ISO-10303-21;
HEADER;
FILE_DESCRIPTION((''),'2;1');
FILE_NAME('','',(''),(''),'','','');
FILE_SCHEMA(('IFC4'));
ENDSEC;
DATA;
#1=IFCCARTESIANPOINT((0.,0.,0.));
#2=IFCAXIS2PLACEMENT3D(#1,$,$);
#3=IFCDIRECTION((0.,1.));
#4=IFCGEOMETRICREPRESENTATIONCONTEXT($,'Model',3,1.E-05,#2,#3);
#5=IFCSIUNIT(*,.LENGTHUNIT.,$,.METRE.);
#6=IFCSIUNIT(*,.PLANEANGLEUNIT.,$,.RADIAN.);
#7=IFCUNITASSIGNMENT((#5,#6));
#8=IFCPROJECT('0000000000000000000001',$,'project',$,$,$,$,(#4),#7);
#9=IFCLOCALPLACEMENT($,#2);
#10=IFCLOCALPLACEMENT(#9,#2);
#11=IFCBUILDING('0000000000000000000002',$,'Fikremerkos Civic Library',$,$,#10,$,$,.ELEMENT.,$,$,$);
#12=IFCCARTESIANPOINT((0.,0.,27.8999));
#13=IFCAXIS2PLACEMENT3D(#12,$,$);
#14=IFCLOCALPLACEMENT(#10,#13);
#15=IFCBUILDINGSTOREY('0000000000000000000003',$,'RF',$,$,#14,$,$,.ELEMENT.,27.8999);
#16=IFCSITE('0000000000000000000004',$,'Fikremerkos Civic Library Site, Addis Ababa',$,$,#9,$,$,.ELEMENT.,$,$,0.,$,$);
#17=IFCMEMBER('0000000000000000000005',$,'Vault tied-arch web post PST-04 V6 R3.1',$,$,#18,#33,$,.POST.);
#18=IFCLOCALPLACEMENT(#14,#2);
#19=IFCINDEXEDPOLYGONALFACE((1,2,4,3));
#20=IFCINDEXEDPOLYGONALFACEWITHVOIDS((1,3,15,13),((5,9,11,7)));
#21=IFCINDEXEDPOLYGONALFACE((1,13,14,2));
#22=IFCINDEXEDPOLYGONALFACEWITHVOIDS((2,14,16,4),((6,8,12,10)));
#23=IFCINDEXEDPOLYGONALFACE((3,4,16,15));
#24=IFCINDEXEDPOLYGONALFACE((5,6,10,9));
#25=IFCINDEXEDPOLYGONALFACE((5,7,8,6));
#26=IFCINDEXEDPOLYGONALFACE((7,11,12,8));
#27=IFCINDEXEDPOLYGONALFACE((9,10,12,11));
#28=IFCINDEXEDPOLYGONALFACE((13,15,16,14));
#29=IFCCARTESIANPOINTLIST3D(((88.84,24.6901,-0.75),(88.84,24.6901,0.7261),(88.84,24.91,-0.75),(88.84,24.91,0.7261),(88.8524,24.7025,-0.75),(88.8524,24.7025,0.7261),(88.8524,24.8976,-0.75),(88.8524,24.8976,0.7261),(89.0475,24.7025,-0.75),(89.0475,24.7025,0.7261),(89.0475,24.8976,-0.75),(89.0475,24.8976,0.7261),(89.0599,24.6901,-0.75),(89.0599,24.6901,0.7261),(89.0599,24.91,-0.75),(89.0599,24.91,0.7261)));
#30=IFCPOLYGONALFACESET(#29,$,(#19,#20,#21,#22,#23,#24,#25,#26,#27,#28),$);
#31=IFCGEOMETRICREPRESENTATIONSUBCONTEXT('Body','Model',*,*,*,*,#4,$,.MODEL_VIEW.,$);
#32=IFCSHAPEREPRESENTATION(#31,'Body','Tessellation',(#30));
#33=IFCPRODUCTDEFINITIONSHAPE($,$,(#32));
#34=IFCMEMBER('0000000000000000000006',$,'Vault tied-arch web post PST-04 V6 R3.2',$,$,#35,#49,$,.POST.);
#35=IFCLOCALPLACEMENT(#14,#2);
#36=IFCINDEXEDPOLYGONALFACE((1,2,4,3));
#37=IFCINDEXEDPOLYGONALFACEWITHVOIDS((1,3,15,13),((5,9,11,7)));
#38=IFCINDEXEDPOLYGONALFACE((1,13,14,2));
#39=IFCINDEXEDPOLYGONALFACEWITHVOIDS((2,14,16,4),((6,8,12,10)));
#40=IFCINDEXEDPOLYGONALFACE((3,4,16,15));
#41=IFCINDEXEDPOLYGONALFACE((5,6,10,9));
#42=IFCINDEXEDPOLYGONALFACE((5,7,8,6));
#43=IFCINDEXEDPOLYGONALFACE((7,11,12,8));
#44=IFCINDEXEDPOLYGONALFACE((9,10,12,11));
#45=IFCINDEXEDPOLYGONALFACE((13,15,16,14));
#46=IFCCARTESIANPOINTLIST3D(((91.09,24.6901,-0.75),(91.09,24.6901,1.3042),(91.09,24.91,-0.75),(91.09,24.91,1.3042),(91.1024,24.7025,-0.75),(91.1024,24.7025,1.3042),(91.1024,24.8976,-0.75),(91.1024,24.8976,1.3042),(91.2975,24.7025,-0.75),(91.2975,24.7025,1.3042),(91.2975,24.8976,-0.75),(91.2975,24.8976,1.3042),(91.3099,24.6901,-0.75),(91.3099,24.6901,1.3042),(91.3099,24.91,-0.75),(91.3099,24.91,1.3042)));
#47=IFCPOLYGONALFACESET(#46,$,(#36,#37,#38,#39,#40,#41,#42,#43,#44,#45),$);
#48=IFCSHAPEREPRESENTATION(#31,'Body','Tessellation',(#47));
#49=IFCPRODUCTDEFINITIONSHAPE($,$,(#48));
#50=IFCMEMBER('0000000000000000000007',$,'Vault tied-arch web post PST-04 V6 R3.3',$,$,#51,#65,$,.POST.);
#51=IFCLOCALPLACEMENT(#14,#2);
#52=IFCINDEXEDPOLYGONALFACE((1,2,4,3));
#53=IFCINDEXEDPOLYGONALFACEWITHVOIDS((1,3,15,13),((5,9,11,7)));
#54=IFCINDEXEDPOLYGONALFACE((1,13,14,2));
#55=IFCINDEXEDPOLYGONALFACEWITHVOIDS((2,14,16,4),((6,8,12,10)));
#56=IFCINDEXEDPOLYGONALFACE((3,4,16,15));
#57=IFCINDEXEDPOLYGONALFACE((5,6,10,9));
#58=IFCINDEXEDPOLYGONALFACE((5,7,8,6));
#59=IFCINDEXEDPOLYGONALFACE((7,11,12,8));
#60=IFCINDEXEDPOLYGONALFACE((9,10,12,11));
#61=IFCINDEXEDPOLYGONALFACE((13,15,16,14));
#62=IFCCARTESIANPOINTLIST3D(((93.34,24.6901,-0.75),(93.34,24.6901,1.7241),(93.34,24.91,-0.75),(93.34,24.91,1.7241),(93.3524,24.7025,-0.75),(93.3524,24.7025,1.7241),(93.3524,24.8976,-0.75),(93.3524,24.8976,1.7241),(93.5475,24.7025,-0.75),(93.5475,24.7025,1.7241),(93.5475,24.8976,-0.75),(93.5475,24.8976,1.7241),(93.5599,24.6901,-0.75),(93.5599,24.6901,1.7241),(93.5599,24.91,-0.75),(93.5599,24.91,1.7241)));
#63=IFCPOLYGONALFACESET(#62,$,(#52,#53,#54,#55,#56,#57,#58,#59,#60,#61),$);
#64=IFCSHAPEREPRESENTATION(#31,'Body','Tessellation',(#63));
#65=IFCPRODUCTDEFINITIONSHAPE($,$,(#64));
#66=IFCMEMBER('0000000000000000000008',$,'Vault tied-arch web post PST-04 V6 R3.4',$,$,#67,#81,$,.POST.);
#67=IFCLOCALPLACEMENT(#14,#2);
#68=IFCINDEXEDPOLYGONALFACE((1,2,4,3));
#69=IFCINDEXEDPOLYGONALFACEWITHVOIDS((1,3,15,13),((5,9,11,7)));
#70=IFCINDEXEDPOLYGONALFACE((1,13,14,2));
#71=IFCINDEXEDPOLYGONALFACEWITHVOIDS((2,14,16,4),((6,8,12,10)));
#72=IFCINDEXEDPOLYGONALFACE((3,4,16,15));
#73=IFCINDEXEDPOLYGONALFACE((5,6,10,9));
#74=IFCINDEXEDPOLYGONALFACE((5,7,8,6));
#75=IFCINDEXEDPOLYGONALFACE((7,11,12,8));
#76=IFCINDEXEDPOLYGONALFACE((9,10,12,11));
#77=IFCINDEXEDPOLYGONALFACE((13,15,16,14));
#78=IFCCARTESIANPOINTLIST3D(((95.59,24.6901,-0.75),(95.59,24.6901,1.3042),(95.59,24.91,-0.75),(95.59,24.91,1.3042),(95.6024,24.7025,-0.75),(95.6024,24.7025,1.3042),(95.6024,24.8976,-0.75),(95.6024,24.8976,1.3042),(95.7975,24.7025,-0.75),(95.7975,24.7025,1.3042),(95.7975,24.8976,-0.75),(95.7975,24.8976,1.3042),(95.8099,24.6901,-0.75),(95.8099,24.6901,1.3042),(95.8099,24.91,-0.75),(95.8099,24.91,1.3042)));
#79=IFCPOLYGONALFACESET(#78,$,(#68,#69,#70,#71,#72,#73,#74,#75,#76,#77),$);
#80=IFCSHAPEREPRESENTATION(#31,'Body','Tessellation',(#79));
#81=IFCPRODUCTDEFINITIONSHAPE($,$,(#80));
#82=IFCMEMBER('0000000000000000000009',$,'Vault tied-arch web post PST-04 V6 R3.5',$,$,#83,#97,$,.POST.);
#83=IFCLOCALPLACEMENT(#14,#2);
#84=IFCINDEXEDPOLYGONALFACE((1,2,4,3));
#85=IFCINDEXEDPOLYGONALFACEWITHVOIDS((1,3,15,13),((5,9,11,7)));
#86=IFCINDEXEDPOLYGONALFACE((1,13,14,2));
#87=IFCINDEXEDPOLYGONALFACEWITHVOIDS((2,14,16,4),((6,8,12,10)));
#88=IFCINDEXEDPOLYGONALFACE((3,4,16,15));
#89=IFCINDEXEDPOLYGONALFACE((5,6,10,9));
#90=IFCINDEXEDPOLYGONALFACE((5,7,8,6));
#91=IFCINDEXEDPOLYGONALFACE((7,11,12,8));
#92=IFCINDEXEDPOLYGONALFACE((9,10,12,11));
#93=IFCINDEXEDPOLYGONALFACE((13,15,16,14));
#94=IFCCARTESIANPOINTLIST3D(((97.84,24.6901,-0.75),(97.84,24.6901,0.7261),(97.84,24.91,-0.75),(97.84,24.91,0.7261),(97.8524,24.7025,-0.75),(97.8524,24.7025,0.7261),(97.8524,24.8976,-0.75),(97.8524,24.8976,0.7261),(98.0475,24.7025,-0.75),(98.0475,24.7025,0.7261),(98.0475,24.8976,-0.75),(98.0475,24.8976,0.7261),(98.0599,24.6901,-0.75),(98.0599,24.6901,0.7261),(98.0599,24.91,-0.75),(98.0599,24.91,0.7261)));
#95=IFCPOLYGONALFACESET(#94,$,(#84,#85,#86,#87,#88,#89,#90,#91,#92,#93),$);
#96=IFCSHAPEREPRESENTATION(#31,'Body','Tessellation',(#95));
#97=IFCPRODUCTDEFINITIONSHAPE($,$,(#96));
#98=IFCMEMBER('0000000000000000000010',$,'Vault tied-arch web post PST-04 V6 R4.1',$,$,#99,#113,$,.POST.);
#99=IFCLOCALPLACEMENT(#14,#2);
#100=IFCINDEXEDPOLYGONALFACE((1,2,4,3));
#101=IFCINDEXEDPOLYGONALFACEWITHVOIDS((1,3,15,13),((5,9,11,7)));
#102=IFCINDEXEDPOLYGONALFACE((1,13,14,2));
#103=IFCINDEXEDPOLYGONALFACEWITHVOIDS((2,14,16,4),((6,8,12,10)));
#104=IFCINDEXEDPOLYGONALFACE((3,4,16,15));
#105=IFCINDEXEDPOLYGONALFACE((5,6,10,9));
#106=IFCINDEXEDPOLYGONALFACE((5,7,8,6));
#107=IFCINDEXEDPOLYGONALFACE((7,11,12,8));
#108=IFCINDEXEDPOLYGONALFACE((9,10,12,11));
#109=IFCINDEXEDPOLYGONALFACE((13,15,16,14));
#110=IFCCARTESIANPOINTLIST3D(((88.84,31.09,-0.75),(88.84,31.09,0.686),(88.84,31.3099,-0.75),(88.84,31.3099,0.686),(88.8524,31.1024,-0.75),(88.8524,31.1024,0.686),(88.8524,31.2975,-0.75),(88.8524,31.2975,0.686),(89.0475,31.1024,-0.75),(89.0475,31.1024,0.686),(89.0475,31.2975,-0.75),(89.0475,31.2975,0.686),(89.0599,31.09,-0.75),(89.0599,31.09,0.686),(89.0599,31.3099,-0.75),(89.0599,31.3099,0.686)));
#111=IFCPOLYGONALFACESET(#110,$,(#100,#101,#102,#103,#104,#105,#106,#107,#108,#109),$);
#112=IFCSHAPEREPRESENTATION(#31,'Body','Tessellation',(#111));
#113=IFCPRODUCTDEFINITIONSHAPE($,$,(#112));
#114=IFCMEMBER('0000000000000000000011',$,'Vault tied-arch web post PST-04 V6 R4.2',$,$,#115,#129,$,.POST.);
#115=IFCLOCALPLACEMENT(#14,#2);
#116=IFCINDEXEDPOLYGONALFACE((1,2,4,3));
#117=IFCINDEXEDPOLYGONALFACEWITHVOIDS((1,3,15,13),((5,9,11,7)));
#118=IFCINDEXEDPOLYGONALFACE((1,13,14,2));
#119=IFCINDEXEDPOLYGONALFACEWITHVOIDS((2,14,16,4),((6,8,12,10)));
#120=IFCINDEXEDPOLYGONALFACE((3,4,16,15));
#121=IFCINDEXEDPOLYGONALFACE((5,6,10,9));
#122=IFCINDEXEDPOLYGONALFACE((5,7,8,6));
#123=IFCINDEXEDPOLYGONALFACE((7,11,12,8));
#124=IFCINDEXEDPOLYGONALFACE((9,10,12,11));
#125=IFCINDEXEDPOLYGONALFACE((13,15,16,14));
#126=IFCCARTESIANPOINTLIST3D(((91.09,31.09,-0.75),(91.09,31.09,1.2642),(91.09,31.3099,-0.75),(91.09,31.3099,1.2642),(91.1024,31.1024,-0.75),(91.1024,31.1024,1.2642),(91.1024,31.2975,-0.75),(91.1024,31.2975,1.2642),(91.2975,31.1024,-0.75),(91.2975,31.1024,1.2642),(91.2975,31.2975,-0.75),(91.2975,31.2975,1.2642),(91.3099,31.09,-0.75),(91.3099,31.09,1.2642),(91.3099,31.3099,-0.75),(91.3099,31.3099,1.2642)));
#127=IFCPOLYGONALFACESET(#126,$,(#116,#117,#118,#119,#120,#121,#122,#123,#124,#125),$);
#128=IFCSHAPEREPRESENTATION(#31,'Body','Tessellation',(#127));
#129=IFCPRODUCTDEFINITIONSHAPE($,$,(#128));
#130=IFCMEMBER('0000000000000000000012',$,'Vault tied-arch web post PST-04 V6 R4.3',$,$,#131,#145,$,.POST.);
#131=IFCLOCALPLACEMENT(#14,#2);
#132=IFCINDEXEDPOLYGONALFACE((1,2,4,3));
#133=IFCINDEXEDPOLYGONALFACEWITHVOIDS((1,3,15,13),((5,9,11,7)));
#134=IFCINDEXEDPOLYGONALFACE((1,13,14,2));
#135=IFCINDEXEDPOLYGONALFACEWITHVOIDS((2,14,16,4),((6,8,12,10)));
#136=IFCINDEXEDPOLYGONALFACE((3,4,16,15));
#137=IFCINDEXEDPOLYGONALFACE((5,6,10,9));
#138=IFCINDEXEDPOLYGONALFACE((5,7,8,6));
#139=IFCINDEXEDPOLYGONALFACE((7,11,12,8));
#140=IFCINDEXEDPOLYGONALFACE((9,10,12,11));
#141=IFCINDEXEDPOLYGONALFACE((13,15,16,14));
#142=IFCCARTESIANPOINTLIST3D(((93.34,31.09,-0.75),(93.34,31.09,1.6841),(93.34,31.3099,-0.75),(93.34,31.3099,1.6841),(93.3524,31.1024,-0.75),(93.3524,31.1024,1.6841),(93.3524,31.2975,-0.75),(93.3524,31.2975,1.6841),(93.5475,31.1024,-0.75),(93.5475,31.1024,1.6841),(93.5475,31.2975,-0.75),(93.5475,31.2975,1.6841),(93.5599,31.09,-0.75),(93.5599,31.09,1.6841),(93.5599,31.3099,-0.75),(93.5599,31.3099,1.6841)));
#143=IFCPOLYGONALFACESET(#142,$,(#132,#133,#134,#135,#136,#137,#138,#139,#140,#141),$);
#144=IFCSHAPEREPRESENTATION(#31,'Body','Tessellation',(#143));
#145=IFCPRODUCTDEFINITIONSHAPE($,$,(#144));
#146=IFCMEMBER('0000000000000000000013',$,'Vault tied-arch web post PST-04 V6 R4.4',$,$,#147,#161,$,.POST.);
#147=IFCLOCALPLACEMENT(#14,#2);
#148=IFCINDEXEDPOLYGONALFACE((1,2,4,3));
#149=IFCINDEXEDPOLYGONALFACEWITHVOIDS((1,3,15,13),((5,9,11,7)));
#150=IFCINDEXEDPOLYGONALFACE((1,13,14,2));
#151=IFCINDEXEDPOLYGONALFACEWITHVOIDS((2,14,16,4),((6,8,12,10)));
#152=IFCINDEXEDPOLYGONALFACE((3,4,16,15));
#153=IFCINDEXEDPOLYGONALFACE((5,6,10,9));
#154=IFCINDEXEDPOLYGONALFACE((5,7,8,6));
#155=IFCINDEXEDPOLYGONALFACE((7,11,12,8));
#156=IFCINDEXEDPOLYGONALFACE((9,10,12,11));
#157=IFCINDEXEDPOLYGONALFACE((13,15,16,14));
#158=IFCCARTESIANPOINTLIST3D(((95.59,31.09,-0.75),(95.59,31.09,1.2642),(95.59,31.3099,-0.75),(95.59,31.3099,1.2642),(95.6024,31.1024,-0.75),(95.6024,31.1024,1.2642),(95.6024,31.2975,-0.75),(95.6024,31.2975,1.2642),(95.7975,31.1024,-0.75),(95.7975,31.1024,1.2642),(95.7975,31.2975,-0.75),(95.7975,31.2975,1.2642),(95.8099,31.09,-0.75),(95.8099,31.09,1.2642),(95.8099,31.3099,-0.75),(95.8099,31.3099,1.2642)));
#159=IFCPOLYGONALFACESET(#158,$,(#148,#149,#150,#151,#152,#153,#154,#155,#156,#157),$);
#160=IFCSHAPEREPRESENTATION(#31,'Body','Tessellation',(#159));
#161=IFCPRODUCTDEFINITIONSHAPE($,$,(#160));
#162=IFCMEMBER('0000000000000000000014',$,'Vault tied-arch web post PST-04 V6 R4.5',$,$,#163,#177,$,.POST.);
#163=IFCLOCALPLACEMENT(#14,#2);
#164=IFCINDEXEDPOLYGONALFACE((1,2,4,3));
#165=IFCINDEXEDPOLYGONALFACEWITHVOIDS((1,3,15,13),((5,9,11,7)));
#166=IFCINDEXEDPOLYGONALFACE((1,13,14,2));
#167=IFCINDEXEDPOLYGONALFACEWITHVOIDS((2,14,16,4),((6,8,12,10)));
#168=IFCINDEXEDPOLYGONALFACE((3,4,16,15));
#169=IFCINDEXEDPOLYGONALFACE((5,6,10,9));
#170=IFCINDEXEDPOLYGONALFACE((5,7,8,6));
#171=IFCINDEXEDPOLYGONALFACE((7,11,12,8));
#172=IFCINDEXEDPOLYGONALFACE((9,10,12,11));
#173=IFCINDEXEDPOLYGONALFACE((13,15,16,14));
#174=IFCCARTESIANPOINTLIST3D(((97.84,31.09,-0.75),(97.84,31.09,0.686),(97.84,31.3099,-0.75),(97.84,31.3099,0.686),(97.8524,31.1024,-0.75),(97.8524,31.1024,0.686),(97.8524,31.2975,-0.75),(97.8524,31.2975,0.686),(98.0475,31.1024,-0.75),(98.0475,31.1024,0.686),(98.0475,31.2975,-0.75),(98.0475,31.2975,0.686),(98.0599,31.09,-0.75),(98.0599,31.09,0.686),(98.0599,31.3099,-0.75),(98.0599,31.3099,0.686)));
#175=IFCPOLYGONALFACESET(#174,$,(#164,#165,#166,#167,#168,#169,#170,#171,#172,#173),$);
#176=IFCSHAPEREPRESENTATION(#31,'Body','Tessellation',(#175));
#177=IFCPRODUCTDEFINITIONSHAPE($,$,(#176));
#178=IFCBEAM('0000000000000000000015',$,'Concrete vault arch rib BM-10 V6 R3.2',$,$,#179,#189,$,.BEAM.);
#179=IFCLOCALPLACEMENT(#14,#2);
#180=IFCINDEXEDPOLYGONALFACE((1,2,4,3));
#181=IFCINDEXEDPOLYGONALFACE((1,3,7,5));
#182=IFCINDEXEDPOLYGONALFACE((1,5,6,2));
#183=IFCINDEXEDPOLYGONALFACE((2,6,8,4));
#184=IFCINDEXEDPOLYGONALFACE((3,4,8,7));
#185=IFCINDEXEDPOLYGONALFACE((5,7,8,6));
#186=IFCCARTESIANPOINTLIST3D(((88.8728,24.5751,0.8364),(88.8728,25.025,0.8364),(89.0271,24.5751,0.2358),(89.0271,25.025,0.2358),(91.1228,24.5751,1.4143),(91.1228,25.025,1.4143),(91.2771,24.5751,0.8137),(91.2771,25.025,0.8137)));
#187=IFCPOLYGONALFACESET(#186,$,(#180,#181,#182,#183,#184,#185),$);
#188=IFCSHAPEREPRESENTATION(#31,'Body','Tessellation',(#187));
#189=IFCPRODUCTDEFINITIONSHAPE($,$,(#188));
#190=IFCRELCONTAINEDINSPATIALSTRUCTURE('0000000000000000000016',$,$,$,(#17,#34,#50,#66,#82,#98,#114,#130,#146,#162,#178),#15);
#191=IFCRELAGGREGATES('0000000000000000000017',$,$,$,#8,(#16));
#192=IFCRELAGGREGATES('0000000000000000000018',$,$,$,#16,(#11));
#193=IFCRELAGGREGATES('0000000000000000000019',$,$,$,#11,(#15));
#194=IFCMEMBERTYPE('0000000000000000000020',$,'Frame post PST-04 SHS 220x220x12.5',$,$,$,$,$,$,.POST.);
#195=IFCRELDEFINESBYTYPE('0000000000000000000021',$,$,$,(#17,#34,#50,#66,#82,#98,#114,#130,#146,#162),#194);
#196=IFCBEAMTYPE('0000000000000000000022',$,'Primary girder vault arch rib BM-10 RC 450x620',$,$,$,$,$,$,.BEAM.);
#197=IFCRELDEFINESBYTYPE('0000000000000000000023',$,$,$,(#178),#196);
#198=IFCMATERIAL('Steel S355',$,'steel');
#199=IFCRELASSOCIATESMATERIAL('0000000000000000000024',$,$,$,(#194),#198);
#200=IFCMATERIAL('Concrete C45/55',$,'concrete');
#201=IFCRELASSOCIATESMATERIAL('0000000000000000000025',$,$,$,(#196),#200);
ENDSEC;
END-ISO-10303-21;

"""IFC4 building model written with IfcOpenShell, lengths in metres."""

from ifc_helpers import new_model, si_unit, direction, frame, origin, origin_2d, place, context, subcontext, project, spatial, rectangle, hollow_rectangle, extrude, material, material_profile, profile_set, type_object, element, save


model = new_model("IFC4")

# Units and contexts
model_context = context("Model", 3, precision=1e-05, world=origin(), true_north=direction((0.0, 1.0)))
body_context = subcontext(model_context, "Body", "Model", "MODEL_VIEW")
ifc_project = project(units=[si_unit("LENGTHUNIT", "METRE"), si_unit("PLANEANGLEUNIT", "RADIAN")], contexts=[model_context])

# Site, building, storey
site_placement = place(None, origin())
site = spatial("IfcSite", under=ifc_project, at=site_placement, Name="Fikremerkos Civic Library Site, Addis Ababa", CompositionType="ELEMENT", RefElevation=0.0)
building_placement = place(site_placement, origin())
building = spatial("IfcBuilding", under=site, at=building_placement, Name="Fikremerkos Civic Library", CompositionType="ELEMENT")
storey_placement = place(building_placement, frame((0.0, 0.0, 27.8999)))
storey = spatial("IfcBuildingStorey", under=building, at=storey_placement, Name="RF", CompositionType="ELEMENT", Elevation=27.8999)

# Members
ifc_material_1 = material(Name="Steel S355", Category="steel")
ifc_material_profile_1 = material_profile(ifc_material_1, hollow_rectangle(XDim=0.22, YDim=0.22, WallThickness=0.0125, at=origin_2d()), Name="SHS 220x220x12.5")
ifc_profile_set_1 = profile_set([ifc_material_profile_1], Name="Steel S355")
member_type = type_object("IfcMemberType", Name="Frame post PST-04 SHS 220x220x12.5", PredefinedType="POST", material=ifc_profile_set_1)
member_1_placement = place(storey_placement, frame((88.95, 24.8, -0.75), z_axis=(0.0, 0.0, 1.0), x_axis=(1.0, 0.0, 0.0)))
element("IfcMember", 1, at=member_1_placement, inside=storey, type_object=member_type, Name="Vault tied-arch web post PST-04 V6 R3.1", PredefinedType="POST", context=body_context, shape_type="SweptSolid", body=[
    extrude(hollow_rectangle(XDim=0.22, YDim=0.22, WallThickness=0.0125, at=origin_2d()), origin(), (0.0, 0.0, 1.0), 1.4761),
])
member_2_placement = place(storey_placement, frame((91.2, 24.8, -0.75), z_axis=(0.0, 0.0, 1.0), x_axis=(1.0, 0.0, 0.0)))
element("IfcMember", 2, at=member_2_placement, inside=storey, type_object=member_type, Name="Vault tied-arch web post PST-04 V6 R3.2", PredefinedType="POST", context=body_context, shape_type="SweptSolid", body=[
    extrude(hollow_rectangle(XDim=0.22, YDim=0.22, WallThickness=0.0125, at=origin_2d()), origin(), (0.0, 0.0, 1.0), 2.0542),
])
member_3_placement = place(storey_placement, frame((93.45, 24.8, -0.75), z_axis=(0.0, 0.0, 1.0), x_axis=(1.0, 0.0, 0.0)))
element("IfcMember", 3, at=member_3_placement, inside=storey, type_object=member_type, Name="Vault tied-arch web post PST-04 V6 R3.3", PredefinedType="POST", context=body_context, shape_type="SweptSolid", body=[
    extrude(hollow_rectangle(XDim=0.22, YDim=0.22, WallThickness=0.0125, at=origin_2d()), origin(), (0.0, 0.0, 1.0), 2.4741),
])
member_4_placement = place(storey_placement, frame((95.7, 24.8, -0.75), z_axis=(0.0, 0.0, 1.0), x_axis=(1.0, 0.0, 0.0)))
element("IfcMember", 4, at=member_4_placement, inside=storey, type_object=member_type, Name="Vault tied-arch web post PST-04 V6 R3.4", PredefinedType="POST", context=body_context, shape_type="SweptSolid", body=[
    extrude(hollow_rectangle(XDim=0.22, YDim=0.22, WallThickness=0.0125, at=origin_2d()), origin(), (0.0, 0.0, 1.0), 2.0542),
])
member_5_placement = place(storey_placement, frame((97.95, 24.8, -0.75), z_axis=(0.0, 0.0, 1.0), x_axis=(1.0, 0.0, 0.0)))
element("IfcMember", 5, at=member_5_placement, inside=storey, type_object=member_type, Name="Vault tied-arch web post PST-04 V6 R3.5", PredefinedType="POST", context=body_context, shape_type="SweptSolid", body=[
    extrude(hollow_rectangle(XDim=0.22, YDim=0.22, WallThickness=0.0125, at=origin_2d()), origin(), (0.0, 0.0, 1.0), 1.4761),
])
member_6_placement = place(storey_placement, frame((88.95, 31.2, -0.75), z_axis=(0.0, 0.0, 1.0), x_axis=(1.0, 0.0, 0.0)))
element("IfcMember", 6, at=member_6_placement, inside=storey, type_object=member_type, Name="Vault tied-arch web post PST-04 V6 R4.1", PredefinedType="POST", context=body_context, shape_type="SweptSolid", body=[
    extrude(hollow_rectangle(XDim=0.22, YDim=0.22, WallThickness=0.0125, at=origin_2d()), origin(), (0.0, 0.0, 1.0), 1.436),
])
member_7_placement = place(storey_placement, frame((91.2, 31.2, -0.75), z_axis=(0.0, 0.0, 1.0), x_axis=(1.0, 0.0, 0.0)))
element("IfcMember", 7, at=member_7_placement, inside=storey, type_object=member_type, Name="Vault tied-arch web post PST-04 V6 R4.2", PredefinedType="POST", context=body_context, shape_type="SweptSolid", body=[
    extrude(hollow_rectangle(XDim=0.22, YDim=0.22, WallThickness=0.0125, at=origin_2d()), origin(), (0.0, 0.0, 1.0), 2.0142),
])
member_8_placement = place(storey_placement, frame((93.45, 31.2, -0.75), z_axis=(0.0, 0.0, 1.0), x_axis=(1.0, 0.0, 0.0)))
element("IfcMember", 8, at=member_8_placement, inside=storey, type_object=member_type, Name="Vault tied-arch web post PST-04 V6 R4.3", PredefinedType="POST", context=body_context, shape_type="SweptSolid", body=[
    extrude(hollow_rectangle(XDim=0.22, YDim=0.22, WallThickness=0.0125, at=origin_2d()), origin(), (0.0, 0.0, 1.0), 2.4341),
])
member_9_placement = place(storey_placement, frame((95.7, 31.2, -0.75), z_axis=(0.0, 0.0, 1.0), x_axis=(1.0, 0.0, 0.0)))
element("IfcMember", 9, at=member_9_placement, inside=storey, type_object=member_type, Name="Vault tied-arch web post PST-04 V6 R4.4", PredefinedType="POST", context=body_context, shape_type="SweptSolid", body=[
    extrude(hollow_rectangle(XDim=0.22, YDim=0.22, WallThickness=0.0125, at=origin_2d()), origin(), (0.0, 0.0, 1.0), 2.0142),
])
member_10_placement = place(storey_placement, frame((97.95, 31.2, -0.75), z_axis=(0.0, 0.0, 1.0), x_axis=(1.0, 0.0, 0.0)))
element("IfcMember", 10, at=member_10_placement, inside=storey, type_object=member_type, Name="Vault tied-arch web post PST-04 V6 R4.5", PredefinedType="POST", context=body_context, shape_type="SweptSolid", body=[
    extrude(hollow_rectangle(XDim=0.22, YDim=0.22, WallThickness=0.0125, at=origin_2d()), origin(), (0.0, 0.0, 1.0), 1.436),
])

# Beam
ifc_material_2 = material(Name="Concrete C45/55", Category="concrete")
ifc_material_profile_2 = material_profile(ifc_material_2, rectangle(XDim=0.45, YDim=0.6201, at=origin_2d()), Name="RC 450x620")
ifc_profile_set_2 = profile_set([ifc_material_profile_2], Name="Concrete C45/55")
beam_type = type_object("IfcBeamType", Name="Primary girder vault arch rib BM-10 RC 450x620", PredefinedType="BEAM", material=ifc_profile_set_2)
beam_1_placement = place(storey_placement, frame((88.95, 24.8, 0.5361), z_axis=(0.968565, 0.0, 0.248762), x_axis=(0.0, 1.0, 0.0)))
element("IfcBeam", 11, at=beam_1_placement, inside=storey, type_object=beam_type, Name="Concrete vault arch rib BM-10 V6 R3.2", PredefinedType="BEAM", context=body_context, shape_type="SweptSolid", body=[
    extrude(rectangle(XDim=0.45, YDim=0.6201, at=origin_2d()), origin(), (0.0, 0.0, 1.0), 2.323),
])

save(model, "model.ifc")
